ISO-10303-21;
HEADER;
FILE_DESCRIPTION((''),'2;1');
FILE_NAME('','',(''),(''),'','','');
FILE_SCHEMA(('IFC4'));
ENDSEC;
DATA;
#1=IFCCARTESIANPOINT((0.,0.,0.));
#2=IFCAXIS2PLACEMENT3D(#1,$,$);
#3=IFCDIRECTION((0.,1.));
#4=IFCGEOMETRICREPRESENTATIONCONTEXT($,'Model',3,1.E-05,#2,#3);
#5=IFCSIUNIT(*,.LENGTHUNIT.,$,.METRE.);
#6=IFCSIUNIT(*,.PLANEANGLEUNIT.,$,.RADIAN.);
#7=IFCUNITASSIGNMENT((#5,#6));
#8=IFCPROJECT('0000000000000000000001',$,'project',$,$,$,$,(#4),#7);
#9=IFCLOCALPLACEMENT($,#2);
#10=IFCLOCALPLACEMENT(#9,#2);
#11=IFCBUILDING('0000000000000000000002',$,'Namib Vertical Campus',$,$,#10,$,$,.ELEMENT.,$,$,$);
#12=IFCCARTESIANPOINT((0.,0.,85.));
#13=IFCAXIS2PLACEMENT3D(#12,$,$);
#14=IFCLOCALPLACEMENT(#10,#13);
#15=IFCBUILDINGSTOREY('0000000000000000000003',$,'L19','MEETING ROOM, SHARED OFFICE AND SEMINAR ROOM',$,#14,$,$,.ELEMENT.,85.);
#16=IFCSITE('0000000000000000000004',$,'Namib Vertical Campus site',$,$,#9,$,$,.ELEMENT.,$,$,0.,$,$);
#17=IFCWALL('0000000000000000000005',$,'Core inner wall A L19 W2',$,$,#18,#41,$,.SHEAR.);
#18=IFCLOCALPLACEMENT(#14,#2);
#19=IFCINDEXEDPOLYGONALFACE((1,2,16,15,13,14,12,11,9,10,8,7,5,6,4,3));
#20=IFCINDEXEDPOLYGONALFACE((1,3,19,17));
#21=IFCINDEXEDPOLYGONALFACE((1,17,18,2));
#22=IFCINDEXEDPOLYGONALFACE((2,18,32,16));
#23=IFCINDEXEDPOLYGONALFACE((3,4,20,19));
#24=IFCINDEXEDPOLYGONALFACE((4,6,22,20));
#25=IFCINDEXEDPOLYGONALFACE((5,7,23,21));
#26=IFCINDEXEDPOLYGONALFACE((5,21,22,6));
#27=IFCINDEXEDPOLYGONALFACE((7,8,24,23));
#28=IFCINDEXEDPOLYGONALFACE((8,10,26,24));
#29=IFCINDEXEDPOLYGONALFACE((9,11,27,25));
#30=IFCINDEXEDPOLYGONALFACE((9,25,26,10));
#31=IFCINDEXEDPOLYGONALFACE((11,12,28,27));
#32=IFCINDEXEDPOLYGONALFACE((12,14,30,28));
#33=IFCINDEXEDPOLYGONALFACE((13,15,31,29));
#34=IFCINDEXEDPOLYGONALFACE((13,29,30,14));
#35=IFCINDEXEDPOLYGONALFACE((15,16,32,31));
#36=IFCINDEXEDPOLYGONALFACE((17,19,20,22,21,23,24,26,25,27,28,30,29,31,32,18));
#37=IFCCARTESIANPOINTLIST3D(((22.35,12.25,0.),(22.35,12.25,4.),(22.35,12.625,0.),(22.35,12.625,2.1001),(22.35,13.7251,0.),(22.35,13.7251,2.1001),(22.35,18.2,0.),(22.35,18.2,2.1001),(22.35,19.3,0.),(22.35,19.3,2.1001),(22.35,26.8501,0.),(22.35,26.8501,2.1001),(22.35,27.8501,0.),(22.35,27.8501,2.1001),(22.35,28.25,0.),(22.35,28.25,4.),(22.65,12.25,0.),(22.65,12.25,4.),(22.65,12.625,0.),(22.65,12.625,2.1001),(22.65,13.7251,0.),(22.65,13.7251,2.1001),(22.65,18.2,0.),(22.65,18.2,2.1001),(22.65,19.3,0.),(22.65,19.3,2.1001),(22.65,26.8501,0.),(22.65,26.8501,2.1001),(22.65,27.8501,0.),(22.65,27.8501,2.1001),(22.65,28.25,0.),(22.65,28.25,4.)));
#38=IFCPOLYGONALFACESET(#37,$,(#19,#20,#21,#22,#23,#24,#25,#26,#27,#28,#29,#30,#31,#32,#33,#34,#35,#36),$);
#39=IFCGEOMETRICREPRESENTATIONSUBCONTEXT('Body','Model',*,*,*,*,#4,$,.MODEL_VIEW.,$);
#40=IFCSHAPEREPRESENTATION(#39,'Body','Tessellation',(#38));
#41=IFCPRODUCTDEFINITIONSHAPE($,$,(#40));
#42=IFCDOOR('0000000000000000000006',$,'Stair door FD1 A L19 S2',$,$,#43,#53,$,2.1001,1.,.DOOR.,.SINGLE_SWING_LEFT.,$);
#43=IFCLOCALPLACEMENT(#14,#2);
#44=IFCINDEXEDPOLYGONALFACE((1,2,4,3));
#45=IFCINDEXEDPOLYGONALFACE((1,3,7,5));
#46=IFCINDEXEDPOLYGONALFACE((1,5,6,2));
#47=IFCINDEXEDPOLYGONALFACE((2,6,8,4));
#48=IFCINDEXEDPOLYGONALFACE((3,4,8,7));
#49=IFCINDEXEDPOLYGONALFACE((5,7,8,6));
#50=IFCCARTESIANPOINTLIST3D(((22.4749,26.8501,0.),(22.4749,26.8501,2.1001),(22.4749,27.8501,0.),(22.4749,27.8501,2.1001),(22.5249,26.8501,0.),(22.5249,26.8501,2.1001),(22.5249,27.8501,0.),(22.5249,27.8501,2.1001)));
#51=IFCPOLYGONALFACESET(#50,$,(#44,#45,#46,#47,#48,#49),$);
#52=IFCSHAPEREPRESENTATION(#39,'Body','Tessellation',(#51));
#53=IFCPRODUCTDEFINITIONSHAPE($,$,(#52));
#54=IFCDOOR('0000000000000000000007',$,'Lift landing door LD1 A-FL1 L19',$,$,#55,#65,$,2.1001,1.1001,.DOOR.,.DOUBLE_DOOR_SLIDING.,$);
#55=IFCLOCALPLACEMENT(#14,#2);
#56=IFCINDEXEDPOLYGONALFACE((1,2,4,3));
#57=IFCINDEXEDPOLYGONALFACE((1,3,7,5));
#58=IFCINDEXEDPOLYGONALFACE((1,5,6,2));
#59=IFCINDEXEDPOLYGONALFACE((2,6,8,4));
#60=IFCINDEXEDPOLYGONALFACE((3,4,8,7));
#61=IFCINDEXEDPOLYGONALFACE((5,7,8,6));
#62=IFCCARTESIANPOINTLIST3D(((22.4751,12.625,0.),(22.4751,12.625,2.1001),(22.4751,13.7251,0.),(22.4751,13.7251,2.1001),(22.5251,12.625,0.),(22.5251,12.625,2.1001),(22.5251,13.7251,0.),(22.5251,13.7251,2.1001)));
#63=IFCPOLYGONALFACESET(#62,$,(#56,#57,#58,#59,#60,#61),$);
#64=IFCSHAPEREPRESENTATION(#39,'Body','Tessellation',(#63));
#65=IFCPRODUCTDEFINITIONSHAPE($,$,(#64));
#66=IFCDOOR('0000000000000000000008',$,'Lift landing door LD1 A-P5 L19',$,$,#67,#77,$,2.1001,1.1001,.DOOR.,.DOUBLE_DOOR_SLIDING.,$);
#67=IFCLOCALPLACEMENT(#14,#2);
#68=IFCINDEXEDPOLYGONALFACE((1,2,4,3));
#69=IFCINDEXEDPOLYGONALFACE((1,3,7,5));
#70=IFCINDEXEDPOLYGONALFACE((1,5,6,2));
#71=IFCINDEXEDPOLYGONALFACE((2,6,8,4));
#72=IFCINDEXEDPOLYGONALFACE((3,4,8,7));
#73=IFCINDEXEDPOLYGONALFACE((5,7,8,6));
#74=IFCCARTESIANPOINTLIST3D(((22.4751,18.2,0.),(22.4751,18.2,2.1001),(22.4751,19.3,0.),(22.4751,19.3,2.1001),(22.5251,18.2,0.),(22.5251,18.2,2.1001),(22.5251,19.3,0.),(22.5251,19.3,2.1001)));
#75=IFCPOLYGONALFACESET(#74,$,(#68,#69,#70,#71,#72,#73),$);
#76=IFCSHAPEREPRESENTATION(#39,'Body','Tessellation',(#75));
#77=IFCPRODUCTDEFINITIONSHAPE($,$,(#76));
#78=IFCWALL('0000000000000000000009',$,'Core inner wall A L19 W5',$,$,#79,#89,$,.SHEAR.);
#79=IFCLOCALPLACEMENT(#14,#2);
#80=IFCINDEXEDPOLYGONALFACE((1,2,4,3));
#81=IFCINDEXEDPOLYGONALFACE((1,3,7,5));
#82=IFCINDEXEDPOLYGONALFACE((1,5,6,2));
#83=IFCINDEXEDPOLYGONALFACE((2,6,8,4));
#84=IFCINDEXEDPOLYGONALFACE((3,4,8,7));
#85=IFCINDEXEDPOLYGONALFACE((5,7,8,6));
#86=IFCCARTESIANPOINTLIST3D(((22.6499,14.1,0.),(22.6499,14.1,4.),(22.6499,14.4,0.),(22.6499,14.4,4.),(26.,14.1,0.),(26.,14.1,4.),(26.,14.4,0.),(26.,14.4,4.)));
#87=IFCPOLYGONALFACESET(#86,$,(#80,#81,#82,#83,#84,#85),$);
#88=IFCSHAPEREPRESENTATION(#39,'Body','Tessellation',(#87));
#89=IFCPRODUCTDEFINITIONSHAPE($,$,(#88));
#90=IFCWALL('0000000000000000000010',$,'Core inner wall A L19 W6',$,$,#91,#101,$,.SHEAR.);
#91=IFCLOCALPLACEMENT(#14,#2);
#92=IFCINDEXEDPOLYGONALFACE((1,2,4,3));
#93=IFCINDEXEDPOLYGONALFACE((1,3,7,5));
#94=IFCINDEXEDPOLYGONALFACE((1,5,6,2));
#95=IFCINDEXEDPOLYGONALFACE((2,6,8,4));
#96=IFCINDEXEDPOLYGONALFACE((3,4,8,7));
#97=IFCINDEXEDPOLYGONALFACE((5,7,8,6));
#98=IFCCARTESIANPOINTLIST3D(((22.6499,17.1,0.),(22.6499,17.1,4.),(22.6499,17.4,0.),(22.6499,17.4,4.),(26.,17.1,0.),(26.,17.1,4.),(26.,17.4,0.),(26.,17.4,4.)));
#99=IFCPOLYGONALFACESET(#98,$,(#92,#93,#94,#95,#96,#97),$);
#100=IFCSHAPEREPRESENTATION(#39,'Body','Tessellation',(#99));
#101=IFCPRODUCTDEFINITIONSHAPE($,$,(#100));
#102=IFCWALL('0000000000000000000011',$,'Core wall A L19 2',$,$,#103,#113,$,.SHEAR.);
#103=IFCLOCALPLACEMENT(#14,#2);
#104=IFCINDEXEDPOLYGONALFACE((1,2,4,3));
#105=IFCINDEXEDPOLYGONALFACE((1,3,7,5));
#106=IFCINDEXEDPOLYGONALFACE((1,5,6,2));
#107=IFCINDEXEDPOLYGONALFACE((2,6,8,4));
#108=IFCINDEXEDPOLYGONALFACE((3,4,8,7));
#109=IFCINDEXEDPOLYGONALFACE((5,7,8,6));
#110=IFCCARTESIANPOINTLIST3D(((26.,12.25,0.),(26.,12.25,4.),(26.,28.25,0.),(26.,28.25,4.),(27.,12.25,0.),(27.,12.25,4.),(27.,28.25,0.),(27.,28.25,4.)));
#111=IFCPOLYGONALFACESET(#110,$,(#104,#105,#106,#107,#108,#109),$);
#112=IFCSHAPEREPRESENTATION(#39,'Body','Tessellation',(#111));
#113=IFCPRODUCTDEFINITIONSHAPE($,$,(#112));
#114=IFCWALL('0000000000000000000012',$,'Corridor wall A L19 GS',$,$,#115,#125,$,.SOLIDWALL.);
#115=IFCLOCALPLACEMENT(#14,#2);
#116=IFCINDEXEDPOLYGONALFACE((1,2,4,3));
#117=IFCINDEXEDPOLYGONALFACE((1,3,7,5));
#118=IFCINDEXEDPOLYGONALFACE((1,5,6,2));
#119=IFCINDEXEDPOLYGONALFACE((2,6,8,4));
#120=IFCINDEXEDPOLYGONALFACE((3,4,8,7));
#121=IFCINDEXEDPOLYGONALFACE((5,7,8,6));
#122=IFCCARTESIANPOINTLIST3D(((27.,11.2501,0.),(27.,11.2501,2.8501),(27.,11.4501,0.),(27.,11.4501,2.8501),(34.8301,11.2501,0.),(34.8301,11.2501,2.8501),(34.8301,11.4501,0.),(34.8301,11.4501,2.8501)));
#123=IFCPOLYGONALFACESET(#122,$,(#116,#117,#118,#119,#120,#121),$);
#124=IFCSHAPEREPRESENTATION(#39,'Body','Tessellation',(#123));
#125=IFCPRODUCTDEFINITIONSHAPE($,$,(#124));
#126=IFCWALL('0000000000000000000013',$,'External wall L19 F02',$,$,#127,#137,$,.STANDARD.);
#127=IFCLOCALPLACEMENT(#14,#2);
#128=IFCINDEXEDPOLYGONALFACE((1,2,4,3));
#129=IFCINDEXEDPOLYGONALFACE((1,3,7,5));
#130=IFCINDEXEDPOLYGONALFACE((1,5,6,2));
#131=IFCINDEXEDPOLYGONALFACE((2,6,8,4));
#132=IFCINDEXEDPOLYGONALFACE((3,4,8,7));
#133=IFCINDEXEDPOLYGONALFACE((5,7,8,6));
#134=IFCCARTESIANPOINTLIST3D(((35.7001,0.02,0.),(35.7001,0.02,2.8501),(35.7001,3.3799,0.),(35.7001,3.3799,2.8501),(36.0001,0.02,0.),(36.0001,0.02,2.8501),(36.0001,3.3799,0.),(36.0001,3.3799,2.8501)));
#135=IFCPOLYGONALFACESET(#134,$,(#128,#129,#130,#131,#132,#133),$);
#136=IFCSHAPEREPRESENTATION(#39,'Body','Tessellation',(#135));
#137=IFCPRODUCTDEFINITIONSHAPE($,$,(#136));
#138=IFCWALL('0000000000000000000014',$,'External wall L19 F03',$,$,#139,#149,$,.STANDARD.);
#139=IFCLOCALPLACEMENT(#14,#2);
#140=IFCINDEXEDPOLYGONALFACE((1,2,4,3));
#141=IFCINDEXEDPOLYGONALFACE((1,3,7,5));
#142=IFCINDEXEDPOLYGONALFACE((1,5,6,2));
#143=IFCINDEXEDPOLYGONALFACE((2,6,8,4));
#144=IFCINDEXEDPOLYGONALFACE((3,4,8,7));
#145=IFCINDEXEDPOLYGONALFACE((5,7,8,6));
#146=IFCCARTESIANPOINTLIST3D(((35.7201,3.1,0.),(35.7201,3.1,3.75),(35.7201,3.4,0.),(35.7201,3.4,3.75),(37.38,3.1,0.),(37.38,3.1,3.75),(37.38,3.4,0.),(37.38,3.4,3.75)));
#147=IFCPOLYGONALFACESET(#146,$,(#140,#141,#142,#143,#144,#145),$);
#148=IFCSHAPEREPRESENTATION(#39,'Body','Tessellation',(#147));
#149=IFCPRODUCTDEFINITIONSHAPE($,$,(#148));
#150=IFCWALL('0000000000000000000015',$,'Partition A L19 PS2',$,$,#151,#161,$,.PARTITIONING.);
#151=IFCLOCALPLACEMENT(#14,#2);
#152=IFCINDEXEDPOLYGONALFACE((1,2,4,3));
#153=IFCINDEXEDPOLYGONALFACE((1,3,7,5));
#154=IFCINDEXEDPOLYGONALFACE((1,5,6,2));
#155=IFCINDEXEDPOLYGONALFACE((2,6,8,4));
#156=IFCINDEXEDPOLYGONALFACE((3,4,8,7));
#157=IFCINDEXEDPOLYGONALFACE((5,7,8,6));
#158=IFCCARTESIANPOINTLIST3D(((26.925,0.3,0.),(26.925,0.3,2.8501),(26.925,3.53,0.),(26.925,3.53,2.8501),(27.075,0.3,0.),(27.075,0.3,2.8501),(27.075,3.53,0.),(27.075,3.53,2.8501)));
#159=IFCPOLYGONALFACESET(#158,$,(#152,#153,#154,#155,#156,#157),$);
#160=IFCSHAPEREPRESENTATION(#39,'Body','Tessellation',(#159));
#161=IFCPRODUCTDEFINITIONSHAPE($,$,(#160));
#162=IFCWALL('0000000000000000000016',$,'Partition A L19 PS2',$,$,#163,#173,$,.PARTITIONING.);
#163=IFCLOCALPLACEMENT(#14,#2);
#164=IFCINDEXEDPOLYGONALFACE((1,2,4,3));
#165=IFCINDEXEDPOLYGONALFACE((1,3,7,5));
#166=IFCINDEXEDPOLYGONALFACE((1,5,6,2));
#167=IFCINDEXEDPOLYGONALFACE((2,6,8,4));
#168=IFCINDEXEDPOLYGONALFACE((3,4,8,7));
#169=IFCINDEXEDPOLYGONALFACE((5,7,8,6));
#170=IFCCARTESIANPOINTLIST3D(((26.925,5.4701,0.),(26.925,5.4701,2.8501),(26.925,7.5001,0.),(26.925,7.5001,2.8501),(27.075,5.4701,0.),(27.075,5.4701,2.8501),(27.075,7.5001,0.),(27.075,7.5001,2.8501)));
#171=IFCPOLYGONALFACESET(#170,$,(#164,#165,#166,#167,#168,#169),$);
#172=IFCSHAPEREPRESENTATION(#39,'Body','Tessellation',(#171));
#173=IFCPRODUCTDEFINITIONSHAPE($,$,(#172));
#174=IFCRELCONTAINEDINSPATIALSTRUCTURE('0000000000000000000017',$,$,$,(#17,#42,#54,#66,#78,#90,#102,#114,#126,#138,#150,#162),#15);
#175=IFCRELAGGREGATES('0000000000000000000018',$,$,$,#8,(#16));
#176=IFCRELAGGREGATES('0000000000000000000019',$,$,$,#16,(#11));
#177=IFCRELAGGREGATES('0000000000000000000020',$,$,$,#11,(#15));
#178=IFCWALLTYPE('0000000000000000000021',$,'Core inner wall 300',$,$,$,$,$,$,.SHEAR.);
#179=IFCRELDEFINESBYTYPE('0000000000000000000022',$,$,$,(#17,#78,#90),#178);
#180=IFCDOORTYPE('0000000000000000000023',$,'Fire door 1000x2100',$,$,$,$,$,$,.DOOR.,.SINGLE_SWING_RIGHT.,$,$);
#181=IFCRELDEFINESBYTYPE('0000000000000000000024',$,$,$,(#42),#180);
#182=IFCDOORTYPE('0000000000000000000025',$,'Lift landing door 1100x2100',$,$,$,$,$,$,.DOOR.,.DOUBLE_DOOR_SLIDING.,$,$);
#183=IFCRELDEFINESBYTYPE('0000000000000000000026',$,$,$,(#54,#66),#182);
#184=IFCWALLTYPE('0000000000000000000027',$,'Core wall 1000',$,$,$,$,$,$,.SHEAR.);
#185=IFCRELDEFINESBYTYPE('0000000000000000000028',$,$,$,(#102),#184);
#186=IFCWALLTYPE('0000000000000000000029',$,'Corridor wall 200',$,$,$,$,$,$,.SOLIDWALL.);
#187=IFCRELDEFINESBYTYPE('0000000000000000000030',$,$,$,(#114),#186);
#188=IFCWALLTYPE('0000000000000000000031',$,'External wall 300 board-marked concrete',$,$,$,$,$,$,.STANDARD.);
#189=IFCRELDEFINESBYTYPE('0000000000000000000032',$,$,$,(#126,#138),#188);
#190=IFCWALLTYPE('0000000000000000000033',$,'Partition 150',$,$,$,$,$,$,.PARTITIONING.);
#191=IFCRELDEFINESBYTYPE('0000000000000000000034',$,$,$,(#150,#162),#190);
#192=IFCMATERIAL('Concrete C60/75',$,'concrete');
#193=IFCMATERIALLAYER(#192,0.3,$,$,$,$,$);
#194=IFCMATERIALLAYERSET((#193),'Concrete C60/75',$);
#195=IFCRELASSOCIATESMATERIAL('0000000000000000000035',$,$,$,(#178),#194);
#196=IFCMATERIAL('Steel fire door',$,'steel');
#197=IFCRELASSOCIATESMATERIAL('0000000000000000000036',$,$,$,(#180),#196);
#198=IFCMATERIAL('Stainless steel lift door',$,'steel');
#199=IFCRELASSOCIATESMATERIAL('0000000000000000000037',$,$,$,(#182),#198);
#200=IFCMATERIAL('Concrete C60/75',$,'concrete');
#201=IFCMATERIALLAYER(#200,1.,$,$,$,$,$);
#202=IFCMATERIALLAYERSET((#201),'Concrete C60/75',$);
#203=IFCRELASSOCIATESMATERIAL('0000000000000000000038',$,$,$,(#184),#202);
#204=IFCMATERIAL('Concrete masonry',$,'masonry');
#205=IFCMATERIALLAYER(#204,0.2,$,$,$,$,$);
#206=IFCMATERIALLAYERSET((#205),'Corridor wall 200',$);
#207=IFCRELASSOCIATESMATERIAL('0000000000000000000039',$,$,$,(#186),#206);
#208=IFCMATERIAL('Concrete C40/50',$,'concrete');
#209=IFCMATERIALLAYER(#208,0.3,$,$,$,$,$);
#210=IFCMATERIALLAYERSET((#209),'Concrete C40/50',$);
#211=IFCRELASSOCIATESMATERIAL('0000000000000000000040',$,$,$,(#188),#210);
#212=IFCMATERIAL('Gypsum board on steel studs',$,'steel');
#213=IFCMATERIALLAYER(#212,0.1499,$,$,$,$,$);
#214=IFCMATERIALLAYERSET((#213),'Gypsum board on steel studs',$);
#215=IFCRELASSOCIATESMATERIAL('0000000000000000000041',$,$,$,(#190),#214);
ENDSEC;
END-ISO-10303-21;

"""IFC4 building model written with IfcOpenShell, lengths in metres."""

from ifc_helpers import new_model, si_unit, direction, frame, frame_2d, origin, place, context, subcontext, project, spatial, rectangle, extrude, material, layer, layer_set, type_object, element, fill, save


model = new_model("IFC4")

# Units and contexts
model_context = context("Model", 3, precision=1e-05, world=origin(), true_north=direction((0.0, 1.0)))
body_context = subcontext(model_context, "Body", "Model", "MODEL_VIEW")
ifc_project = project(units=[si_unit("LENGTHUNIT", "METRE"), si_unit("PLANEANGLEUNIT", "RADIAN")], contexts=[model_context])

# Site, building, storey
site_placement = place(None, origin())
site = spatial("IfcSite", under=ifc_project, at=site_placement, Name="Namib Vertical Campus site", CompositionType="ELEMENT", RefElevation=0.0)
building_placement = place(site_placement, origin())
building = spatial("IfcBuilding", under=site, at=building_placement, Name="Namib Vertical Campus", CompositionType="ELEMENT")
storey_placement = place(building_placement, frame((0.0, 0.0, 85.0)))
storey = spatial("IfcBuildingStorey", under=building, at=storey_placement, Name="L19", Description="MEETING ROOM, SHARED OFFICE AND SEMINAR ROOM", CompositionType="ELEMENT", Elevation=85.0)

# Wall, openings, doors
ifc_material_1 = material(Name="Concrete C60/75", Category="concrete")
ifc_layer_1 = layer(ifc_material_1, 0.3)
ifc_layer_set_1 = layer_set([ifc_layer_1], Name="Concrete C60/75")
wall_type_1 = type_object("IfcWallType", Name="Core inner wall 300", PredefinedType="SHEAR", material=ifc_layer_set_1)
wall_1_placement = place(storey_placement, frame((22.5, 12.25, 0.0), z_axis=(0.0, 0.0, 1.0), x_axis=(0.0, 1.0, 0.0)))
wall_1 = element("IfcWall", 1, at=wall_1_placement, inside=storey, type_object=wall_type_1, Name="Core inner wall A L19 W2", PredefinedType="SHEAR", context=body_context, shape_type="SweptSolid", body=[
    extrude(rectangle(XDim=16.0, YDim=0.3, at=frame_2d((8.0, 0.0))), origin(), (0.0, 0.0, 1.0), 4.0),
])
opening_1_placement = place(wall_1_placement, frame((14.6001, 0.0, 0.0)))
opening_1 = element("IfcOpeningElement", 2, at=opening_1_placement, cuts=wall_1, PredefinedType="OPENING", context=body_context, shape_type="SweptSolid", body=[
    extrude(rectangle(XDim=1.0, YDim=2.1001, at=frame_2d((0.5, 1.05))), frame((0.0, 0.1599, 0.0), z_axis=(0.0, -1.0, 0.0), x_axis=(1.0, 0.0, 0.0)), (0.0, 0.0, 1.0), 0.3201),
])
opening_2_placement = place(wall_1_placement, frame((0.375, 0.0, 0.0)))
opening_2 = element("IfcOpeningElement", 3, at=opening_2_placement, cuts=wall_1, PredefinedType="OPENING", context=body_context, shape_type="SweptSolid", body=[
    extrude(rectangle(XDim=1.1001, YDim=2.1001, at=frame_2d((0.55, 1.05))), frame((0.0, 0.1599, 0.0), z_axis=(0.0, -1.0, 0.0), x_axis=(1.0, 0.0, 0.0)), (0.0, 0.0, 1.0), 0.3201),
])
opening_3_placement = place(wall_1_placement, frame((5.95, 0.0, 0.0)))
opening_3 = element("IfcOpeningElement", 4, at=opening_3_placement, cuts=wall_1, PredefinedType="OPENING", context=body_context, shape_type="SweptSolid", body=[
    extrude(rectangle(XDim=1.1001, YDim=2.1001, at=frame_2d((0.55, 1.05))), frame((0.0, 0.1599, 0.0), z_axis=(0.0, -1.0, 0.0), x_axis=(1.0, 0.0, 0.0)), (0.0, 0.0, 1.0), 0.3201),
])
ifc_material_2 = material(Name="Steel fire door", Category="steel")
door_type_1 = type_object("IfcDoorType", Name="Fire door 1000x2100", OperationType="SINGLE_SWING_RIGHT", PredefinedType="DOOR", material=ifc_material_2)
door_1_placement = place(opening_1_placement, frame((1.0, 0.0, 0.0), z_axis=(0.0, 0.0, 1.0), x_axis=(-1.0, 0.0, 0.0)))
door_1 = element("IfcDoor", 5, at=door_1_placement, inside=storey, type_object=door_type_1, Name="Stair door FD1 A L19 S2", OperationType="SINGLE_SWING_LEFT", OverallHeight=2.1001, OverallWidth=1.0, PredefinedType="DOOR", context=body_context, shape_type="SweptSolid", body=[
    extrude(rectangle(XDim=1.0, YDim=2.1001, at=frame_2d((0.5, 1.05))), frame((0.0, 0.0249, 0.0), z_axis=(0.0, -1.0, 0.0), x_axis=(1.0, 0.0, 0.0)), (0.0, 0.0, 1.0), 0.05),
])
fill(opening_1, door_1)
ifc_material_3 = material(Name="Stainless steel lift door", Category="steel")
door_type_2 = type_object("IfcDoorType", Name="Lift landing door 1100x2100", OperationType="DOUBLE_DOOR_SLIDING", PredefinedType="DOOR", material=ifc_material_3)
door_2_placement = place(opening_2_placement, origin())
door_2 = element("IfcDoor", 6, at=door_2_placement, inside=storey, type_object=door_type_2, Name="Lift landing door LD1 A-FL1 L19", OperationType="DOUBLE_DOOR_SLIDING", OverallHeight=2.1001, OverallWidth=1.1001, PredefinedType="DOOR", context=body_context, shape_type="SweptSolid", body=[
    extrude(rectangle(XDim=1.1001, YDim=2.1001, at=frame_2d((0.55, 1.05))), frame((0.0, 0.0249, 0.0), z_axis=(0.0, -1.0, 0.0), x_axis=(1.0, 0.0, 0.0)), (0.0, 0.0, 1.0), 0.05),
])
fill(opening_2, door_2)
door_3_placement = place(opening_3_placement, origin())
door_3 = element("IfcDoor", 7, at=door_3_placement, inside=storey, type_object=door_type_2, Name="Lift landing door LD1 A-P5 L19", OperationType="DOUBLE_DOOR_SLIDING", OverallHeight=2.1001, OverallWidth=1.1001, PredefinedType="DOOR", context=body_context, shape_type="SweptSolid", body=[
    extrude(rectangle(XDim=1.1001, YDim=2.1001, at=frame_2d((0.55, 1.05))), frame((0.0, 0.0249, 0.0), z_axis=(0.0, -1.0, 0.0), x_axis=(1.0, 0.0, 0.0)), (0.0, 0.0, 1.0), 0.05),
])
fill(opening_3, door_3)

# Walls
for number, where, z_axis, x_axis, name in (
    (8, (22.6499, 14.25, 0.0), (0.0, 0.0, 1.0), (1.0, 0.0, 0.0), "Core inner wall A L19 W5"),
    (9, (22.6499, 17.25, 0.0), (0.0, 0.0, 1.0), (1.0, 0.0, 0.0), "Core inner wall A L19 W6"),
):
    element("IfcWall", number, at=place(storey_placement, frame(where, z_axis=z_axis, x_axis=x_axis)), inside=storey, type_object=wall_type_1, Name=name, PredefinedType="SHEAR", context=body_context, shape_type="SweptSolid", body=[
        extrude(rectangle(XDim=3.3501, YDim=0.3, at=frame_2d((1.675, 0.0))), origin(), (0.0, 0.0, 1.0), 4.0),
    ])
ifc_material_4 = material(Name="Concrete C60/75", Category="concrete")
ifc_layer_2 = layer(ifc_material_4, 1.0)
ifc_layer_set_2 = layer_set([ifc_layer_2], Name="Concrete C60/75")
wall_type_2 = type_object("IfcWallType", Name="Core wall 1000", PredefinedType="SHEAR", material=ifc_layer_set_2)
wall_2_placement = place(storey_placement, frame((26.5, 12.25, 0.0), z_axis=(0.0, 0.0, 1.0), x_axis=(0.0, 1.0, 0.0)))
element("IfcWall", 10, at=wall_2_placement, inside=storey, type_object=wall_type_2, Name="Core wall A L19 2", PredefinedType="SHEAR", context=body_context, shape_type="SweptSolid", body=[
    extrude(rectangle(XDim=16.0, YDim=1.0, at=frame_2d((8.0, 0.0))), origin(), (0.0, 0.0, 1.0), 4.0),
])
ifc_material_5 = material(Name="Concrete masonry", Category="masonry")
ifc_layer_3 = layer(ifc_material_5, 0.2)
ifc_layer_set_3 = layer_set([ifc_layer_3], Name="Corridor wall 200")
wall_type_3 = type_object("IfcWallType", Name="Corridor wall 200", PredefinedType="SOLIDWALL", material=ifc_layer_set_3)
wall_3_placement = place(storey_placement, frame((27.0, 11.3501, 0.0), z_axis=(0.0, 0.0, 1.0), x_axis=(1.0, 0.0, 0.0)))
element("IfcWall", 11, at=wall_3_placement, inside=storey, type_object=wall_type_3, Name="Corridor wall A L19 GS", PredefinedType="SOLIDWALL", context=body_context, shape_type="SweptSolid", body=[
    extrude(rectangle(XDim=7.8301, YDim=0.2, at=frame_2d((3.915, 0.0))), origin(), (0.0, 0.0, 1.0), 2.8501),
])
ifc_material_6 = material(Name="Concrete C40/50", Category="concrete")
ifc_layer_4 = layer(ifc_material_6, 0.3)
ifc_layer_set_4 = layer_set([ifc_layer_4], Name="Concrete C40/50")
wall_type_4 = type_object("IfcWallType", Name="External wall 300 board-marked concrete", PredefinedType="STANDARD", material=ifc_layer_set_4)
wall_4_placement = place(storey_placement, frame((35.8501, 0.02, 0.0), z_axis=(0.0, 0.0, 1.0), x_axis=(0.0, 1.0, 0.0)))
element("IfcWall", 12, at=wall_4_placement, inside=storey, type_object=wall_type_4, Name="External wall L19 F02", PredefinedType="STANDARD", context=body_context, shape_type="SweptSolid", body=[
    extrude(rectangle(XDim=3.3599, YDim=0.3, at=frame_2d((1.6799, 0.0))), origin(), (0.0, 0.0, 1.0), 2.8501),
])
wall_5_placement = place(storey_placement, frame((35.72, 3.25, 0.0), z_axis=(0.0, 0.0, 1.0), x_axis=(1.0, 0.0, 0.0)))
element("IfcWall", 13, at=wall_5_placement, inside=storey, type_object=wall_type_4, Name="External wall L19 F03", PredefinedType="STANDARD", context=body_context, shape_type="SweptSolid", body=[
    extrude(rectangle(XDim=1.6599, YDim=0.3, at=frame_2d((0.8301, 0.0))), origin(), (0.0, 0.0, 1.0), 3.75),
])
ifc_material_7 = material(Name="Gypsum board on steel studs", Category="steel")
ifc_layer_5 = layer(ifc_material_7, 0.1499)
ifc_layer_set_5 = layer_set([ifc_layer_5], Name="Gypsum board on steel studs")
wall_type_5 = type_object("IfcWallType", Name="Partition 150", PredefinedType="PARTITIONING", material=ifc_layer_set_5)
wall_6_placement = place(storey_placement, frame((27.0, 0.3, 0.0), z_axis=(0.0, 0.0, 1.0), x_axis=(0.0, 1.0, 0.0)))
element("IfcWall", 14, at=wall_6_placement, inside=storey, type_object=wall_type_5, Name="Partition A L19 PS2", PredefinedType="PARTITIONING", context=body_context, shape_type="SweptSolid", body=[
    extrude(rectangle(XDim=3.23, YDim=0.1499, at=frame_2d((1.615, 0.0))), origin(), (0.0, 0.0, 1.0), 2.8501),
])
wall_7_placement = place(storey_placement, frame((27.0, 5.47, 0.0), z_axis=(0.0, 0.0, 1.0), x_axis=(0.0, 1.0, 0.0)))
element("IfcWall", 15, at=wall_7_placement, inside=storey, type_object=wall_type_5, Name="Partition A L19 PS2", PredefinedType="PARTITIONING", context=body_context, shape_type="SweptSolid", body=[
    extrude(rectangle(XDim=2.03, YDim=0.1499, at=frame_2d((1.0151, 0.0))), origin(), (0.0, 0.0, 1.0), 2.8501),
])

save(model, "model.ifc")
